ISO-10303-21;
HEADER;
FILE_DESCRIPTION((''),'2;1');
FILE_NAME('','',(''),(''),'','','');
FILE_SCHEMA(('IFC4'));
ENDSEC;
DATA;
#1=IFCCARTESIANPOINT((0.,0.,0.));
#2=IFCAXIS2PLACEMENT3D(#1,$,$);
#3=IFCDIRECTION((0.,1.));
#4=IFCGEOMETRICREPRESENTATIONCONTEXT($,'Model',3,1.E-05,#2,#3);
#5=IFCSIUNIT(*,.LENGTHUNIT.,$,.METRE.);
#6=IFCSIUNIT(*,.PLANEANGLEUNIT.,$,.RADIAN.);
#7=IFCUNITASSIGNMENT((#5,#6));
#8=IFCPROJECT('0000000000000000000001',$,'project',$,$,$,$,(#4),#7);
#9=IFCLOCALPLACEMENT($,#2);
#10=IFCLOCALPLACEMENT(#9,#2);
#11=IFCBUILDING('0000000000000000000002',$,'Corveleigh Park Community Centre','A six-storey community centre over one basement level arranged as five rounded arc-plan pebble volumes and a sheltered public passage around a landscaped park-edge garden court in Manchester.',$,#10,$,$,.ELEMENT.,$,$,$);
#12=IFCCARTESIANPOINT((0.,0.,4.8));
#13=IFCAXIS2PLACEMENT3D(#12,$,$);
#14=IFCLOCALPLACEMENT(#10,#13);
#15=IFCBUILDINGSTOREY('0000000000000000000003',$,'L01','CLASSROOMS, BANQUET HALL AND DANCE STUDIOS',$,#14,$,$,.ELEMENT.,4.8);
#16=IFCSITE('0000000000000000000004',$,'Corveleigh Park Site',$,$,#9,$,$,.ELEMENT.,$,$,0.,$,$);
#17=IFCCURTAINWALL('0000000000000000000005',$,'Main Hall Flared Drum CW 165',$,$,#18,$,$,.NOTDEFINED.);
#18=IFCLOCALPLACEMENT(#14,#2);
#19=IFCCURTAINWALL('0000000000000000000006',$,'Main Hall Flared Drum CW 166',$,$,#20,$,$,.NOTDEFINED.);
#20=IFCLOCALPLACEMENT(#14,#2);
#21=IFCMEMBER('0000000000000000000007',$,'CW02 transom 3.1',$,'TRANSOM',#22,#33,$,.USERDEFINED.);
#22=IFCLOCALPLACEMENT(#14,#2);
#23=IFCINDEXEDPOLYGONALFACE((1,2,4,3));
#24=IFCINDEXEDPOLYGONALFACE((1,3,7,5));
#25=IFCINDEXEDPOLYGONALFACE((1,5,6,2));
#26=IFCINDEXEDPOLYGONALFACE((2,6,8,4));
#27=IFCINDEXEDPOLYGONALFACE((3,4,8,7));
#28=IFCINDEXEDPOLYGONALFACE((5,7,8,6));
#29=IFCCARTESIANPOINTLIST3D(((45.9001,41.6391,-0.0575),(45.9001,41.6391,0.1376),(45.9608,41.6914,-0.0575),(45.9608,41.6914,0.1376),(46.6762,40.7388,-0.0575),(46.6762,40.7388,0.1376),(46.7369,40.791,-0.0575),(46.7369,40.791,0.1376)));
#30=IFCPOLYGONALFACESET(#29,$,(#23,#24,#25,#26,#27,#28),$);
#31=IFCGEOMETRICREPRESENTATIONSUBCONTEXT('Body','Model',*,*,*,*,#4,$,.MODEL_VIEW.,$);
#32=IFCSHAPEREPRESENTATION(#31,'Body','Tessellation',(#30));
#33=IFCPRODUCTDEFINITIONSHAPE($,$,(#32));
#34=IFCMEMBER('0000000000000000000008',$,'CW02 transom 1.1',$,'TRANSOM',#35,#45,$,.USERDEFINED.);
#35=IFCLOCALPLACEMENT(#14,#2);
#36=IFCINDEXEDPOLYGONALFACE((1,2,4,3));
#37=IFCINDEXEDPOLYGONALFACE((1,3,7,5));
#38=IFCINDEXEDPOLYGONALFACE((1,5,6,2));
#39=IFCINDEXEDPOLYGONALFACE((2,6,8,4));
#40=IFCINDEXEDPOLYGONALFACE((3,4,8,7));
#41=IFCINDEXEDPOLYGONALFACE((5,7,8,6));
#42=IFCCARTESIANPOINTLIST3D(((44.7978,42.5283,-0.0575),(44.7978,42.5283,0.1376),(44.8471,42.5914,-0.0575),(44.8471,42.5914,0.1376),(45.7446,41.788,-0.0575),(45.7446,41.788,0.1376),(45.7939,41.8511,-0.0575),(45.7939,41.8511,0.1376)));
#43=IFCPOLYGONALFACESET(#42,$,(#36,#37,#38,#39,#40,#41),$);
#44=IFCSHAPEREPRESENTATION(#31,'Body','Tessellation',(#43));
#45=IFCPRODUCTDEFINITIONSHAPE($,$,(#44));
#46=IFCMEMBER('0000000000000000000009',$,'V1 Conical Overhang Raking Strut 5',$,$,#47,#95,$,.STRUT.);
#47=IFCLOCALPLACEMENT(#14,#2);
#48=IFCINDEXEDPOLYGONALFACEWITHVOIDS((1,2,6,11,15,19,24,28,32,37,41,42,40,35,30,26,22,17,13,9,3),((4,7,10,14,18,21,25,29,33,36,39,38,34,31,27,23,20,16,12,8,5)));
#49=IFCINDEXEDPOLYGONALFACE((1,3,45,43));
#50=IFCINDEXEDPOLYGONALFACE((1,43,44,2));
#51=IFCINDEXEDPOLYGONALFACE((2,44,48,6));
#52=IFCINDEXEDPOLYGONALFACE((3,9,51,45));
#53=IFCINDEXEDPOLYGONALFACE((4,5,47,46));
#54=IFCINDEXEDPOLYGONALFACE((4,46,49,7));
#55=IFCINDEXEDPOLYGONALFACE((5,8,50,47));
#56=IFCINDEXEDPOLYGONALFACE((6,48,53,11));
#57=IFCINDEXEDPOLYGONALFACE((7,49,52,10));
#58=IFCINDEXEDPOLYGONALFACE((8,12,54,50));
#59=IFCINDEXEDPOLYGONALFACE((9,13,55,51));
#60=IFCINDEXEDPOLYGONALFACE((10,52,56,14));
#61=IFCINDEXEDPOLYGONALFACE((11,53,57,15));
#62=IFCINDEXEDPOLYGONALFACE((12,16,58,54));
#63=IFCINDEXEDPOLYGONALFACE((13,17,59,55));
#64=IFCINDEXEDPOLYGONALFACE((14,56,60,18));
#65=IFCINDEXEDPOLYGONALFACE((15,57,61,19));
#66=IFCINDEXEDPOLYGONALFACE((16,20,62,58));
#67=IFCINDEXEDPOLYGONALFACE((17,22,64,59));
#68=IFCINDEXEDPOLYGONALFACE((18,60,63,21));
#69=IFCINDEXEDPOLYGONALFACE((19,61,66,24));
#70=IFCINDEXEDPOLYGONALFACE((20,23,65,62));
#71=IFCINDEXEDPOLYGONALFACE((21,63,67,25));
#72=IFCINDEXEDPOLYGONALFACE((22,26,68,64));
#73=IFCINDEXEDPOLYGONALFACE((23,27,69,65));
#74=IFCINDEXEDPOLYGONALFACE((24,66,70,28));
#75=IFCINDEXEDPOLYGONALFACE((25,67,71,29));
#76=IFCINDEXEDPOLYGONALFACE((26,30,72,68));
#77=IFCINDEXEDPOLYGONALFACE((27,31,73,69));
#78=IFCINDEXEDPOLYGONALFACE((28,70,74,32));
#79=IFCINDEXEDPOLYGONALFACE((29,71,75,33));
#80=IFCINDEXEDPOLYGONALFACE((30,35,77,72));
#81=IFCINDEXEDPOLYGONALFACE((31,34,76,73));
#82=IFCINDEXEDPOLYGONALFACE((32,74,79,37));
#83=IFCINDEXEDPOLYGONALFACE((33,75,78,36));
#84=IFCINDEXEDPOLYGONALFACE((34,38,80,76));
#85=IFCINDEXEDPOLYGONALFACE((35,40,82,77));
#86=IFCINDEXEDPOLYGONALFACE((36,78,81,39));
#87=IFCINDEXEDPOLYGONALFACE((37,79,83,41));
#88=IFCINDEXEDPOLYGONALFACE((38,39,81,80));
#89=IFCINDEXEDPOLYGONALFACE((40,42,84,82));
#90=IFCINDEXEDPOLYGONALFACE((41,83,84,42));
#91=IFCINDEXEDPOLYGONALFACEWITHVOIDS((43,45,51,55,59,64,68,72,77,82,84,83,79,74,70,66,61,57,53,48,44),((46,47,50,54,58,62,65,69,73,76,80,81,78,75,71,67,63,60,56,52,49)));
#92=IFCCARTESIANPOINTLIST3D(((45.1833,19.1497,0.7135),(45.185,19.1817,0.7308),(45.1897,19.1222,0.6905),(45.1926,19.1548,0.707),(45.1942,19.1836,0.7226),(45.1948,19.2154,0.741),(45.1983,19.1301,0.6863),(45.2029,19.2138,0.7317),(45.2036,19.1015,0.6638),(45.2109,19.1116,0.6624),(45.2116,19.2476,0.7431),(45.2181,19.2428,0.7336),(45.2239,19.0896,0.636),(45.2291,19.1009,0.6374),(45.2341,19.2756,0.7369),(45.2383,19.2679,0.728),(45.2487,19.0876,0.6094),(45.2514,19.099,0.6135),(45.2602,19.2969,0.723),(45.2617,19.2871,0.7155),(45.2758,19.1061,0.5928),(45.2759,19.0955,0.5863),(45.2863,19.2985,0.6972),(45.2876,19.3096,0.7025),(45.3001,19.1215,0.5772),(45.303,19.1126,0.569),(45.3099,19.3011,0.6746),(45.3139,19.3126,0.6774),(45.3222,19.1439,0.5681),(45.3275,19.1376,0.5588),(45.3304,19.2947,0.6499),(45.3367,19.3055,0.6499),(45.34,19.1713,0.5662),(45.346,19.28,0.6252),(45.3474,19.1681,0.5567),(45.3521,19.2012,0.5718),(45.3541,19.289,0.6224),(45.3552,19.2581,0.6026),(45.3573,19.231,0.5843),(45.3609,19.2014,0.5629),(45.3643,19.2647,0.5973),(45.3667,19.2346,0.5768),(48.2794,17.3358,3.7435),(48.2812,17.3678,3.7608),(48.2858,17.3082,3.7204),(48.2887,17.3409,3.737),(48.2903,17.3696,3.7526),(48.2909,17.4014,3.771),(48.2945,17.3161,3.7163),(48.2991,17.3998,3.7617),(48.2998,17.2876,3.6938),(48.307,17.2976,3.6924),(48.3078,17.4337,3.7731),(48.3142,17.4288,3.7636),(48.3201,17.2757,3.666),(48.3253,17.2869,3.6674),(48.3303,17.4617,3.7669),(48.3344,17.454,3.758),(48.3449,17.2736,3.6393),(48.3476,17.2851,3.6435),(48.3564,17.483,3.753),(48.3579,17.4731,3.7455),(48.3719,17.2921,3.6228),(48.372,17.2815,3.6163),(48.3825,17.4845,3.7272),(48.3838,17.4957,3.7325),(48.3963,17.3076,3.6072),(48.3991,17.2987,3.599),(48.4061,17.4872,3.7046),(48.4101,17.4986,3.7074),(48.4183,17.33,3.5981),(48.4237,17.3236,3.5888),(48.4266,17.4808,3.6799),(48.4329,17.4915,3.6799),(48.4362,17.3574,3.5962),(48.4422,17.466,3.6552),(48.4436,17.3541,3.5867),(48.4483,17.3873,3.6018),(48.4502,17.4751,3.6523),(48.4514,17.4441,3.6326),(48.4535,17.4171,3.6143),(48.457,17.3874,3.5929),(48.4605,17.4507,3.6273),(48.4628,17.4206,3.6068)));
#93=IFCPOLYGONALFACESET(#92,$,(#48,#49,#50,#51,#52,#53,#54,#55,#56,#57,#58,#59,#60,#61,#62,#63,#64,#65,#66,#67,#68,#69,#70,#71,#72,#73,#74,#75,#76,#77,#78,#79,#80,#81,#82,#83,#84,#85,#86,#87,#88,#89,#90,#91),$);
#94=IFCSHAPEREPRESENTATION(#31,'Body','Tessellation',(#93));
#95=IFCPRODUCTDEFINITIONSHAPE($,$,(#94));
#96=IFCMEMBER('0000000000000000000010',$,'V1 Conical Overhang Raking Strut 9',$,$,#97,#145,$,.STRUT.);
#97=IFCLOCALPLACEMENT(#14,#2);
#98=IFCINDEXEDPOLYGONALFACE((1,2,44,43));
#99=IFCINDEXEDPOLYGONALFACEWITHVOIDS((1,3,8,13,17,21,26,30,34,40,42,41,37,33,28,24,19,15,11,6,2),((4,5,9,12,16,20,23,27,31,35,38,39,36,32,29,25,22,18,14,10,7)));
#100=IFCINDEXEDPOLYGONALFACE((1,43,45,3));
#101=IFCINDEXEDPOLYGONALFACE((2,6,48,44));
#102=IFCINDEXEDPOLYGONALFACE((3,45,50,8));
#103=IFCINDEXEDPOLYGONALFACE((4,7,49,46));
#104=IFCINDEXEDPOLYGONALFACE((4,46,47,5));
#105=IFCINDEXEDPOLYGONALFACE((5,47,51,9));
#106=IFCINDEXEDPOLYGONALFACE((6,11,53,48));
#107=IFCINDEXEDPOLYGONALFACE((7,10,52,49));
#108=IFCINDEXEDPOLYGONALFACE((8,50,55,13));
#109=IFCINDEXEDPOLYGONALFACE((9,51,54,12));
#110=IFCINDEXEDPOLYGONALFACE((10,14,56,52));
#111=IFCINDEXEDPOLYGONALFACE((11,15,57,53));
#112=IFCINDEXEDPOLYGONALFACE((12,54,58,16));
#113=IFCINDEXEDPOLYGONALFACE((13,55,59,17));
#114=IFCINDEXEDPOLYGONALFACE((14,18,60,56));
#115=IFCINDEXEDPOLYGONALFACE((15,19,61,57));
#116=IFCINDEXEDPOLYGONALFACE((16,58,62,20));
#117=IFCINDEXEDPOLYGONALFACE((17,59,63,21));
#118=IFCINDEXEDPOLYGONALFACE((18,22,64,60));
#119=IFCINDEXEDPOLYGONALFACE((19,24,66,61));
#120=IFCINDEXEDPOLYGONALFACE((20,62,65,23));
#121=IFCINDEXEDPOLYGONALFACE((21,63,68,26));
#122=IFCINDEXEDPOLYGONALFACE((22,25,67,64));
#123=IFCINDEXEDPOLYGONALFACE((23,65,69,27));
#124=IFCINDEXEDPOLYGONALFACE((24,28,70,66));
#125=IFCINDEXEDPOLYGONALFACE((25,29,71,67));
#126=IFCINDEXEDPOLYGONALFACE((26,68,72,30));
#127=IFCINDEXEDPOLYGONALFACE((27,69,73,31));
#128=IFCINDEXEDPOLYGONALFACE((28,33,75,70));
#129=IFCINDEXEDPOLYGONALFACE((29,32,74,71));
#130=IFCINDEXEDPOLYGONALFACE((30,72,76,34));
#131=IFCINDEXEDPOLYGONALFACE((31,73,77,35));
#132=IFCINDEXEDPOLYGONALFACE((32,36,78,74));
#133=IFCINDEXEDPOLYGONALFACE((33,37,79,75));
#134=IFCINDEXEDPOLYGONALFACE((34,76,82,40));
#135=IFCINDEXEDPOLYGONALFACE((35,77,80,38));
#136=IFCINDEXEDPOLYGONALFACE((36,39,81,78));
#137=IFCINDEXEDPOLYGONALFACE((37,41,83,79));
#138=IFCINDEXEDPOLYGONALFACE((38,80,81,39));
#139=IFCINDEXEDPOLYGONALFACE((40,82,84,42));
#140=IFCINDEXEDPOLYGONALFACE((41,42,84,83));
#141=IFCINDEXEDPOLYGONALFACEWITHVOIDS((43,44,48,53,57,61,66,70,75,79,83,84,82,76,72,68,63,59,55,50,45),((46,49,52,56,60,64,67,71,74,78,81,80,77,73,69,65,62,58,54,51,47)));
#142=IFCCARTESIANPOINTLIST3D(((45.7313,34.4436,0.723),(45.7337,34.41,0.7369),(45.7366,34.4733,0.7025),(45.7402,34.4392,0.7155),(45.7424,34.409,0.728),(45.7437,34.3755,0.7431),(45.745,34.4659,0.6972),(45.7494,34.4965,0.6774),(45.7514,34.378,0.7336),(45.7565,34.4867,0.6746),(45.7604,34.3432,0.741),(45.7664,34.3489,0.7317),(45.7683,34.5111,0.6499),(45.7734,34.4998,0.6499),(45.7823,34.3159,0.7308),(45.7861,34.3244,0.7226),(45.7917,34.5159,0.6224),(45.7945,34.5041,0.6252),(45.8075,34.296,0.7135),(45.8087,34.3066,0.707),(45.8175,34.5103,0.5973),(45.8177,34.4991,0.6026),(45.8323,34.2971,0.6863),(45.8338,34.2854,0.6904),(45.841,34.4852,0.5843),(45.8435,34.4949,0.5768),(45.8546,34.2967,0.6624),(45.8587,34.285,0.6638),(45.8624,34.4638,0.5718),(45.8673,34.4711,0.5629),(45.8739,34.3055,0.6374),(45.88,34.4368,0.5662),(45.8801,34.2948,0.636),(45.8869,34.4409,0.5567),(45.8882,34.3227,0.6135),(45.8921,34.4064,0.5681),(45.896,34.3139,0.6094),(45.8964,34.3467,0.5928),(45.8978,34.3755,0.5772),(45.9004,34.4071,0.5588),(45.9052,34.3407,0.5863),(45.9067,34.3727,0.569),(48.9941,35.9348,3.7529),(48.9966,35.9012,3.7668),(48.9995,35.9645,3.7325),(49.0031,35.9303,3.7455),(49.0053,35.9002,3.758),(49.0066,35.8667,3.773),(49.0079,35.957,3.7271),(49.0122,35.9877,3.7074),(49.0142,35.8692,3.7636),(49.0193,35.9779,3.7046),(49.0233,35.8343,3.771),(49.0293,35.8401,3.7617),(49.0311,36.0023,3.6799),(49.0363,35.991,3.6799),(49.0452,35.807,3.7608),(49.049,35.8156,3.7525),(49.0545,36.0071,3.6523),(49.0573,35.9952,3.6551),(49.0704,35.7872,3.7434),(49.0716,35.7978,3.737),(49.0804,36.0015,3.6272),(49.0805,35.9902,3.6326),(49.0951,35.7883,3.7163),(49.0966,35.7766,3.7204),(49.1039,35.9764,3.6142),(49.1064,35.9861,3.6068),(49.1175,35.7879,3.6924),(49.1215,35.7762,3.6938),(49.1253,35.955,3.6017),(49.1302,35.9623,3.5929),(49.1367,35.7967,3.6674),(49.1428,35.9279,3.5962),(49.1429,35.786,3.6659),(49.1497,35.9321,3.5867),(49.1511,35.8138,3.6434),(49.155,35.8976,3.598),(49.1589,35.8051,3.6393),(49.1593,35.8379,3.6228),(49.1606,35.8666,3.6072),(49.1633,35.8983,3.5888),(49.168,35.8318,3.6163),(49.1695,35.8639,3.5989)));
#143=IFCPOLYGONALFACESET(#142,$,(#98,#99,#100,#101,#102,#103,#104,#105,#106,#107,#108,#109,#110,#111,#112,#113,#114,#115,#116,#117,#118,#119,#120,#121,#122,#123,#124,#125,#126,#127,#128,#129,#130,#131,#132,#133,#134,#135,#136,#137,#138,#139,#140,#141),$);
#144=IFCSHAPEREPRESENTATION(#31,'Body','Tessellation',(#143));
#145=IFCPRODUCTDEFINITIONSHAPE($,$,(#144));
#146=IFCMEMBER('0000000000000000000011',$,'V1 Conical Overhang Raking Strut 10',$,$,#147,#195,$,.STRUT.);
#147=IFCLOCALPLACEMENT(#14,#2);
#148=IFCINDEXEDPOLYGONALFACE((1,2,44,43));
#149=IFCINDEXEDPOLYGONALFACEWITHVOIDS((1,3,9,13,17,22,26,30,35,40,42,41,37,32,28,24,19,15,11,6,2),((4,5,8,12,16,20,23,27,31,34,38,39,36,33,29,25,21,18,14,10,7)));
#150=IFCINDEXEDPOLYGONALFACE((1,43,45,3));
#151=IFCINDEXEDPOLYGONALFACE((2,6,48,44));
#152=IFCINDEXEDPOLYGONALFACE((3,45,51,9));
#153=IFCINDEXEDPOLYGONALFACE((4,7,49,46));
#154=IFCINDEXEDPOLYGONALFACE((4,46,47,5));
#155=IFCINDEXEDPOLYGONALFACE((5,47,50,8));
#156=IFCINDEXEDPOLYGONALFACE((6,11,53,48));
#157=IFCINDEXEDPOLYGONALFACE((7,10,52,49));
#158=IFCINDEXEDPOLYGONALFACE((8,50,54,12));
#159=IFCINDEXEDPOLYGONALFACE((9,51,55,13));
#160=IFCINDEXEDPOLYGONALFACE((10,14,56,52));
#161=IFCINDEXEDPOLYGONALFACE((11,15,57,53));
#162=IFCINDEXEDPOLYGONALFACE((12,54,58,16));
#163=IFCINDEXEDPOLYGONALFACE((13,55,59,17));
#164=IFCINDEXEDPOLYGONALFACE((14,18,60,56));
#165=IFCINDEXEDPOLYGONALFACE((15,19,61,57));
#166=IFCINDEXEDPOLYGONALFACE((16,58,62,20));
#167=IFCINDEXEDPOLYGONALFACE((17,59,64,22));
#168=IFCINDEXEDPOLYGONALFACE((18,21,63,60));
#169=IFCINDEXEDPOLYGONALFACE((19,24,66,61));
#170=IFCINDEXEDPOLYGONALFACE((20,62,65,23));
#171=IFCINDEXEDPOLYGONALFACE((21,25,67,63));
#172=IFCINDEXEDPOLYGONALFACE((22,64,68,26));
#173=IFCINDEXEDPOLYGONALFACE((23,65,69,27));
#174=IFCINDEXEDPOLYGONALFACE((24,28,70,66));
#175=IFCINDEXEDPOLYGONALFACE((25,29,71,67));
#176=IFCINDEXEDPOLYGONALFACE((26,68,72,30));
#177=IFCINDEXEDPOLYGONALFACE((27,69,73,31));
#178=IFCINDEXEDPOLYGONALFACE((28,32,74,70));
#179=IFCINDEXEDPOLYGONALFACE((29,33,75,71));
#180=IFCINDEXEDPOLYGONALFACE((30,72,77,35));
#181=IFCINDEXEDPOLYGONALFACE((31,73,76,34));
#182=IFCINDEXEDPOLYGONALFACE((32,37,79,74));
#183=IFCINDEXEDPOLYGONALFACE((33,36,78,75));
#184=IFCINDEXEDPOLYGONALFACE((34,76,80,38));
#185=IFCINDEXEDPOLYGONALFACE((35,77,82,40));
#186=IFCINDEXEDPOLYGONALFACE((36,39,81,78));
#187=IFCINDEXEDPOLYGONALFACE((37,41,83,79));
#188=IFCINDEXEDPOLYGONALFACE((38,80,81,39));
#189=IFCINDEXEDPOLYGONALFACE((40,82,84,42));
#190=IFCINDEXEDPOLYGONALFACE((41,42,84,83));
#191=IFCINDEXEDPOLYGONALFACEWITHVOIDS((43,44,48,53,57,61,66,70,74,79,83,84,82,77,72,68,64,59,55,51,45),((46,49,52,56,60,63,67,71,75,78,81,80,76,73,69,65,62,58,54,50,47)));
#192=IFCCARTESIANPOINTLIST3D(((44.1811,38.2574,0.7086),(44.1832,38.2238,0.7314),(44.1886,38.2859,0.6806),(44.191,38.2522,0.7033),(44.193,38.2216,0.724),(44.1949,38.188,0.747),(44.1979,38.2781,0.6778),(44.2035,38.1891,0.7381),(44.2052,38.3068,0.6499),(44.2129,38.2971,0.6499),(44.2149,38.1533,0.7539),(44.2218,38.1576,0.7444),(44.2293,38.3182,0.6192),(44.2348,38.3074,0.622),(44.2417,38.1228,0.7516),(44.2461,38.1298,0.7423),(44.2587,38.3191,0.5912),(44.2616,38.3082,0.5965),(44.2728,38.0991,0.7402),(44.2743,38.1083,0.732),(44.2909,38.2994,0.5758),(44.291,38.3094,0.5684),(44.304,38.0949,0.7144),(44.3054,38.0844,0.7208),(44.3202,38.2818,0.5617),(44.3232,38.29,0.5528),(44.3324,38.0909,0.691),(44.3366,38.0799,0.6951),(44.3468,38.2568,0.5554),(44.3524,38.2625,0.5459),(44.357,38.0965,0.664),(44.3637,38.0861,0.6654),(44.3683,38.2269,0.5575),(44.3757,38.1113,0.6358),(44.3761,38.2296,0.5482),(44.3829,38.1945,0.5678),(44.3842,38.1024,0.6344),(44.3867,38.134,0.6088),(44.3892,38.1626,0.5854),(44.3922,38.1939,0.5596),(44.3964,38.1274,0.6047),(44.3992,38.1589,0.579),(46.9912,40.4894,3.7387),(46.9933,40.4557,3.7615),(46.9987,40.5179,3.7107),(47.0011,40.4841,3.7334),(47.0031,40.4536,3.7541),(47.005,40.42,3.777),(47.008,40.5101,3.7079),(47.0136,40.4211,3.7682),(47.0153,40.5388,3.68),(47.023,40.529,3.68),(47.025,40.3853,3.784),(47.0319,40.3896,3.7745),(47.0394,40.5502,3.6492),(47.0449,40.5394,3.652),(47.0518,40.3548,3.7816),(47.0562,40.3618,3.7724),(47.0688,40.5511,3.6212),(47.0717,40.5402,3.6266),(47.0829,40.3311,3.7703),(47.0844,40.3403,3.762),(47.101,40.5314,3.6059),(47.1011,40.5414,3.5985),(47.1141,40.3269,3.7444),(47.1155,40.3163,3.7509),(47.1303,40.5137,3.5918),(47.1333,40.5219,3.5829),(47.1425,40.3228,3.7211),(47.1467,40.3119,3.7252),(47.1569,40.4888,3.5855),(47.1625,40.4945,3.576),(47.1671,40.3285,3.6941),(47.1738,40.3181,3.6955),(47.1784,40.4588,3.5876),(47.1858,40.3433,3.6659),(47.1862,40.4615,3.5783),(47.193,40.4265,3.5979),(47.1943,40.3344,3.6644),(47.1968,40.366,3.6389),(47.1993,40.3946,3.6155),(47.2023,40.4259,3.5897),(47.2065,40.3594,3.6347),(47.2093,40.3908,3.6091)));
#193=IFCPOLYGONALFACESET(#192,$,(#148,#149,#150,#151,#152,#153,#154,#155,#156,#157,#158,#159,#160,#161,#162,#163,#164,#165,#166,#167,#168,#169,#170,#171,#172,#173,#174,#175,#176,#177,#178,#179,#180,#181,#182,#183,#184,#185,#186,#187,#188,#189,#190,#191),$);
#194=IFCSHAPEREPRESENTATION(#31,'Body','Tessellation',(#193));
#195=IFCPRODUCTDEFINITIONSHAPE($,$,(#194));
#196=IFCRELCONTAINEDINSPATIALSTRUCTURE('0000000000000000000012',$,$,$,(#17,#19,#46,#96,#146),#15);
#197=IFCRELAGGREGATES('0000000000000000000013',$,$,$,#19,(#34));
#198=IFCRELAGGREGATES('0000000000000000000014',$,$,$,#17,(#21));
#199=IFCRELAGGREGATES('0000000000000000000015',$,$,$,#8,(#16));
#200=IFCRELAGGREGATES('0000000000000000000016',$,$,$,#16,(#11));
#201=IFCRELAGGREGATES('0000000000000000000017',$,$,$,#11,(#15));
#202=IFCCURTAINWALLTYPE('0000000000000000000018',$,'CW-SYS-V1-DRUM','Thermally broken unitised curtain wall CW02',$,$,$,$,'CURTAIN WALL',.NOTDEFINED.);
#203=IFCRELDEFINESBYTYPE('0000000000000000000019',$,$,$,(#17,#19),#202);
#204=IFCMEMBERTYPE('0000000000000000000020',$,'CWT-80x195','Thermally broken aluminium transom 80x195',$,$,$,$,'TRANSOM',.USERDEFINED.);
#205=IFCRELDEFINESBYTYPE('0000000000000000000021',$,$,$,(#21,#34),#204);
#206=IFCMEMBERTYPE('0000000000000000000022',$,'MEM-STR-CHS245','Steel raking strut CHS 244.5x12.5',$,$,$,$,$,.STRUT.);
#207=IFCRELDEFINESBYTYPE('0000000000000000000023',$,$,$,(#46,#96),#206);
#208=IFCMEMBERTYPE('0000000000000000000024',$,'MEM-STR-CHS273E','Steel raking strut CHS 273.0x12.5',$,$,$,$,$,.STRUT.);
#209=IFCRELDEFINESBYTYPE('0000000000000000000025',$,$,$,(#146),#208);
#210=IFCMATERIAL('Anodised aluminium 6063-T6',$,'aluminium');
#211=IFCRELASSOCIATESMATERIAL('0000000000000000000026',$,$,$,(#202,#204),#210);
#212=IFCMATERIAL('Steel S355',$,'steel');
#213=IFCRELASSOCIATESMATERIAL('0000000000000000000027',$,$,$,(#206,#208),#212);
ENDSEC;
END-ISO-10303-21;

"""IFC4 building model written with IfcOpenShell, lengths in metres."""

from ifc_helpers import new_model, si_unit, direction, frame, origin, origin_2d, place, context, subcontext, project, spatial, rectangle, hollow_circle, extrude, material, material_profile, profile_set, type_object, element, aggregate, save


model = new_model("IFC4")

# Units and contexts
model_context = context("Model", 3, precision=1e-05, world=origin(), true_north=direction((0.0, 1.0)))
body_context = subcontext(model_context, "Body", "Model", "MODEL_VIEW")
ifc_project = project(units=[si_unit("LENGTHUNIT", "METRE"), si_unit("PLANEANGLEUNIT", "RADIAN")], contexts=[model_context])

# Site, building, storey
site_placement = place(None, origin())
site = spatial("IfcSite", under=ifc_project, at=site_placement, Name="Corveleigh Park Site", CompositionType="ELEMENT", RefElevation=0.0)
building_placement = place(site_placement, origin())
building = spatial("IfcBuilding", under=site, at=building_placement, Name="Corveleigh Park Community Centre", Description="A six-storey community centre over one basement level arranged as five rounded arc-plan pebble volumes and a sheltered public passage around a landscaped park-edge garden court in Manchester.", CompositionType="ELEMENT")
storey_placement = place(building_placement, frame((0.0, 0.0, 4.8)))
storey = spatial("IfcBuildingStorey", under=building, at=storey_placement, Name="L01", Description="CLASSROOMS, BANQUET HALL AND DANCE STUDIOS", CompositionType="ELEMENT", Elevation=4.8)

# Shared definitions
ifc_material_1 = material(Name="Steel S355", Category="steel")

# Curtain walls
ifc_material_2 = material(Name="Anodised aluminium 6063-T6", Category="aluminium")
curtain_wall_type = type_object("IfcCurtainWallType", Name="CW-SYS-V1-DRUM", Description="Thermally broken unitised curtain wall CW02", ElementType="CURTAIN WALL", PredefinedType="NOTDEFINED", material=ifc_material_2)
curtain_wall_1_placement = place(storey_placement, origin())
curtain_wall_1 = element("IfcCurtainWall", 1, at=curtain_wall_1_placement, inside=storey, type_object=curtain_wall_type, Name="Main Hall Flared Drum CW 165", PredefinedType="NOTDEFINED")
curtain_wall_2_placement = place(storey_placement, origin())
curtain_wall_2 = element("IfcCurtainWall", 2, at=curtain_wall_2_placement, inside=storey, type_object=curtain_wall_type, Name="Main Hall Flared Drum CW 166", PredefinedType="NOTDEFINED")

# Members
ifc_material_profile_1 = material_profile(ifc_material_2, rectangle(XDim=0.0801, YDim=0.1951, at=origin_2d()), Name="ALU-T80x195", Category="aluminium")
ifc_profile_set_1 = profile_set([ifc_material_profile_1], Name="Anodised aluminium 6063-T6")
member_type_1 = type_object("IfcMemberType", Name="CWT-80x195", Description="Thermally broken aluminium transom 80x195", ElementType="TRANSOM", PredefinedType="USERDEFINED", material=ifc_profile_set_1)
member_1_placement = place(storey_placement, frame((46.7065, 40.7649, 0.04), z_axis=(-0.652903, 0.757441, 0.0), x_axis=(-0.757441, -0.652903, 0.0)))
member_1 = element("IfcMember", 3, at=member_1_placement, type_object=member_type_1, Name="CW02 transom 3.1", ObjectType="TRANSOM", PredefinedType="USERDEFINED", context=body_context, shape_type="SweptSolid", body=[
    extrude(rectangle(XDim=0.0801, YDim=0.1951, at=origin_2d()), origin(), (0.0, 0.0, 1.0), 1.1887),
])
member_2_placement = place(storey_placement, frame((45.7693, 41.8196, 0.04), z_axis=(-0.787796, 0.615936, 0.0), x_axis=(-0.615936, -0.787796, 0.0)))
member_2 = element("IfcMember", 4, at=member_2_placement, type_object=member_type_1, Name="CW02 transom 1.1", ObjectType="TRANSOM", PredefinedType="USERDEFINED", context=body_context, shape_type="SweptSolid", body=[
    extrude(rectangle(XDim=0.0801, YDim=0.1951, at=origin_2d()), origin(), (0.0, 0.0, 1.0), 1.2019),
])
aggregate(curtain_wall_2, [member_2])

# Members
ifc_material_profile_2 = material_profile(ifc_material_1, hollow_circle(Radius=0.1223, WallThickness=0.0125, at=origin_2d()), Name="CHS 244.5x12.5", Category="steel")
ifc_profile_set_2 = profile_set([ifc_material_profile_2], Name="Steel S355")
member_type_2 = type_object("IfcMemberType", Name="MEM-STR-CHS245", Description="Steel raking strut CHS 244.5x12.5", PredefinedType="STRUT", material=ifc_profile_set_2)
member_3_placement = place(storey_placement, frame((45.2749, 19.2, 0.6499), z_axis=(0.659243, -0.38623, 0.645155), x_axis=(0.505503, 0.862825, 0.0)))
element("IfcMember", 5, at=member_3_placement, inside=storey, type_object=member_type_2, Name="V1 Conical Overhang Raking Strut 5", PredefinedType="STRUT", context=body_context, shape_type="SweptSolid", body=[
    extrude(hollow_circle(Radius=0.1223, WallThickness=0.0125, at=origin_2d()), origin(), (0.0, 0.0, 1.0), 4.6965),
])
member_4_placement = place(storey_placement, frame((45.8191, 34.3999, 0.6499), z_axis=(0.694847, 0.317555, 0.645249), x_axis=(-0.415663, 0.909519, 0.0)))
element("IfcMember", 6, at=member_4_placement, inside=storey, type_object=member_type_2, Name="V1 Conical Overhang Raking Strut 9", PredefinedType="STRUT", context=body_context, shape_type="SweptSolid", body=[
    extrude(hollow_circle(Radius=0.1223, WallThickness=0.0125, at=origin_2d()), origin(), (0.0, 0.0, 1.0), 4.6958),
])
ifc_material_profile_3 = material_profile(ifc_material_1, hollow_circle(Radius=0.1365, WallThickness=0.0125, at=origin_2d()), Name="CHS 273.0x12.5", Category="steel")
ifc_profile_set_3 = profile_set([ifc_material_profile_3], Name="Steel S355")
member_type_3 = type_object("IfcMemberType", Name="MEM-STR-CHS273E", Description="Steel raking strut CHS 273.0x12.5", PredefinedType="STRUT", material=ifc_profile_set_3)
member_5_placement = place(storey_placement, frame((44.29, 38.2, 0.6499), z_axis=(0.598304, 0.475213, 0.645139), x_axis=(-0.621953, 0.783054, 0.0)))
element("IfcMember", 7, at=member_5_placement, inside=storey, type_object=member_type_3, Name="V1 Conical Overhang Raking Strut 10", PredefinedType="STRUT", context=body_context, shape_type="SweptSolid", body=[
    extrude(hollow_circle(Radius=0.1365, WallThickness=0.0125, at=origin_2d()), origin(), (0.0, 0.0, 1.0), 4.6968),
])

aggregate(curtain_wall_1, [member_1])

save(model, "model.ifc")
